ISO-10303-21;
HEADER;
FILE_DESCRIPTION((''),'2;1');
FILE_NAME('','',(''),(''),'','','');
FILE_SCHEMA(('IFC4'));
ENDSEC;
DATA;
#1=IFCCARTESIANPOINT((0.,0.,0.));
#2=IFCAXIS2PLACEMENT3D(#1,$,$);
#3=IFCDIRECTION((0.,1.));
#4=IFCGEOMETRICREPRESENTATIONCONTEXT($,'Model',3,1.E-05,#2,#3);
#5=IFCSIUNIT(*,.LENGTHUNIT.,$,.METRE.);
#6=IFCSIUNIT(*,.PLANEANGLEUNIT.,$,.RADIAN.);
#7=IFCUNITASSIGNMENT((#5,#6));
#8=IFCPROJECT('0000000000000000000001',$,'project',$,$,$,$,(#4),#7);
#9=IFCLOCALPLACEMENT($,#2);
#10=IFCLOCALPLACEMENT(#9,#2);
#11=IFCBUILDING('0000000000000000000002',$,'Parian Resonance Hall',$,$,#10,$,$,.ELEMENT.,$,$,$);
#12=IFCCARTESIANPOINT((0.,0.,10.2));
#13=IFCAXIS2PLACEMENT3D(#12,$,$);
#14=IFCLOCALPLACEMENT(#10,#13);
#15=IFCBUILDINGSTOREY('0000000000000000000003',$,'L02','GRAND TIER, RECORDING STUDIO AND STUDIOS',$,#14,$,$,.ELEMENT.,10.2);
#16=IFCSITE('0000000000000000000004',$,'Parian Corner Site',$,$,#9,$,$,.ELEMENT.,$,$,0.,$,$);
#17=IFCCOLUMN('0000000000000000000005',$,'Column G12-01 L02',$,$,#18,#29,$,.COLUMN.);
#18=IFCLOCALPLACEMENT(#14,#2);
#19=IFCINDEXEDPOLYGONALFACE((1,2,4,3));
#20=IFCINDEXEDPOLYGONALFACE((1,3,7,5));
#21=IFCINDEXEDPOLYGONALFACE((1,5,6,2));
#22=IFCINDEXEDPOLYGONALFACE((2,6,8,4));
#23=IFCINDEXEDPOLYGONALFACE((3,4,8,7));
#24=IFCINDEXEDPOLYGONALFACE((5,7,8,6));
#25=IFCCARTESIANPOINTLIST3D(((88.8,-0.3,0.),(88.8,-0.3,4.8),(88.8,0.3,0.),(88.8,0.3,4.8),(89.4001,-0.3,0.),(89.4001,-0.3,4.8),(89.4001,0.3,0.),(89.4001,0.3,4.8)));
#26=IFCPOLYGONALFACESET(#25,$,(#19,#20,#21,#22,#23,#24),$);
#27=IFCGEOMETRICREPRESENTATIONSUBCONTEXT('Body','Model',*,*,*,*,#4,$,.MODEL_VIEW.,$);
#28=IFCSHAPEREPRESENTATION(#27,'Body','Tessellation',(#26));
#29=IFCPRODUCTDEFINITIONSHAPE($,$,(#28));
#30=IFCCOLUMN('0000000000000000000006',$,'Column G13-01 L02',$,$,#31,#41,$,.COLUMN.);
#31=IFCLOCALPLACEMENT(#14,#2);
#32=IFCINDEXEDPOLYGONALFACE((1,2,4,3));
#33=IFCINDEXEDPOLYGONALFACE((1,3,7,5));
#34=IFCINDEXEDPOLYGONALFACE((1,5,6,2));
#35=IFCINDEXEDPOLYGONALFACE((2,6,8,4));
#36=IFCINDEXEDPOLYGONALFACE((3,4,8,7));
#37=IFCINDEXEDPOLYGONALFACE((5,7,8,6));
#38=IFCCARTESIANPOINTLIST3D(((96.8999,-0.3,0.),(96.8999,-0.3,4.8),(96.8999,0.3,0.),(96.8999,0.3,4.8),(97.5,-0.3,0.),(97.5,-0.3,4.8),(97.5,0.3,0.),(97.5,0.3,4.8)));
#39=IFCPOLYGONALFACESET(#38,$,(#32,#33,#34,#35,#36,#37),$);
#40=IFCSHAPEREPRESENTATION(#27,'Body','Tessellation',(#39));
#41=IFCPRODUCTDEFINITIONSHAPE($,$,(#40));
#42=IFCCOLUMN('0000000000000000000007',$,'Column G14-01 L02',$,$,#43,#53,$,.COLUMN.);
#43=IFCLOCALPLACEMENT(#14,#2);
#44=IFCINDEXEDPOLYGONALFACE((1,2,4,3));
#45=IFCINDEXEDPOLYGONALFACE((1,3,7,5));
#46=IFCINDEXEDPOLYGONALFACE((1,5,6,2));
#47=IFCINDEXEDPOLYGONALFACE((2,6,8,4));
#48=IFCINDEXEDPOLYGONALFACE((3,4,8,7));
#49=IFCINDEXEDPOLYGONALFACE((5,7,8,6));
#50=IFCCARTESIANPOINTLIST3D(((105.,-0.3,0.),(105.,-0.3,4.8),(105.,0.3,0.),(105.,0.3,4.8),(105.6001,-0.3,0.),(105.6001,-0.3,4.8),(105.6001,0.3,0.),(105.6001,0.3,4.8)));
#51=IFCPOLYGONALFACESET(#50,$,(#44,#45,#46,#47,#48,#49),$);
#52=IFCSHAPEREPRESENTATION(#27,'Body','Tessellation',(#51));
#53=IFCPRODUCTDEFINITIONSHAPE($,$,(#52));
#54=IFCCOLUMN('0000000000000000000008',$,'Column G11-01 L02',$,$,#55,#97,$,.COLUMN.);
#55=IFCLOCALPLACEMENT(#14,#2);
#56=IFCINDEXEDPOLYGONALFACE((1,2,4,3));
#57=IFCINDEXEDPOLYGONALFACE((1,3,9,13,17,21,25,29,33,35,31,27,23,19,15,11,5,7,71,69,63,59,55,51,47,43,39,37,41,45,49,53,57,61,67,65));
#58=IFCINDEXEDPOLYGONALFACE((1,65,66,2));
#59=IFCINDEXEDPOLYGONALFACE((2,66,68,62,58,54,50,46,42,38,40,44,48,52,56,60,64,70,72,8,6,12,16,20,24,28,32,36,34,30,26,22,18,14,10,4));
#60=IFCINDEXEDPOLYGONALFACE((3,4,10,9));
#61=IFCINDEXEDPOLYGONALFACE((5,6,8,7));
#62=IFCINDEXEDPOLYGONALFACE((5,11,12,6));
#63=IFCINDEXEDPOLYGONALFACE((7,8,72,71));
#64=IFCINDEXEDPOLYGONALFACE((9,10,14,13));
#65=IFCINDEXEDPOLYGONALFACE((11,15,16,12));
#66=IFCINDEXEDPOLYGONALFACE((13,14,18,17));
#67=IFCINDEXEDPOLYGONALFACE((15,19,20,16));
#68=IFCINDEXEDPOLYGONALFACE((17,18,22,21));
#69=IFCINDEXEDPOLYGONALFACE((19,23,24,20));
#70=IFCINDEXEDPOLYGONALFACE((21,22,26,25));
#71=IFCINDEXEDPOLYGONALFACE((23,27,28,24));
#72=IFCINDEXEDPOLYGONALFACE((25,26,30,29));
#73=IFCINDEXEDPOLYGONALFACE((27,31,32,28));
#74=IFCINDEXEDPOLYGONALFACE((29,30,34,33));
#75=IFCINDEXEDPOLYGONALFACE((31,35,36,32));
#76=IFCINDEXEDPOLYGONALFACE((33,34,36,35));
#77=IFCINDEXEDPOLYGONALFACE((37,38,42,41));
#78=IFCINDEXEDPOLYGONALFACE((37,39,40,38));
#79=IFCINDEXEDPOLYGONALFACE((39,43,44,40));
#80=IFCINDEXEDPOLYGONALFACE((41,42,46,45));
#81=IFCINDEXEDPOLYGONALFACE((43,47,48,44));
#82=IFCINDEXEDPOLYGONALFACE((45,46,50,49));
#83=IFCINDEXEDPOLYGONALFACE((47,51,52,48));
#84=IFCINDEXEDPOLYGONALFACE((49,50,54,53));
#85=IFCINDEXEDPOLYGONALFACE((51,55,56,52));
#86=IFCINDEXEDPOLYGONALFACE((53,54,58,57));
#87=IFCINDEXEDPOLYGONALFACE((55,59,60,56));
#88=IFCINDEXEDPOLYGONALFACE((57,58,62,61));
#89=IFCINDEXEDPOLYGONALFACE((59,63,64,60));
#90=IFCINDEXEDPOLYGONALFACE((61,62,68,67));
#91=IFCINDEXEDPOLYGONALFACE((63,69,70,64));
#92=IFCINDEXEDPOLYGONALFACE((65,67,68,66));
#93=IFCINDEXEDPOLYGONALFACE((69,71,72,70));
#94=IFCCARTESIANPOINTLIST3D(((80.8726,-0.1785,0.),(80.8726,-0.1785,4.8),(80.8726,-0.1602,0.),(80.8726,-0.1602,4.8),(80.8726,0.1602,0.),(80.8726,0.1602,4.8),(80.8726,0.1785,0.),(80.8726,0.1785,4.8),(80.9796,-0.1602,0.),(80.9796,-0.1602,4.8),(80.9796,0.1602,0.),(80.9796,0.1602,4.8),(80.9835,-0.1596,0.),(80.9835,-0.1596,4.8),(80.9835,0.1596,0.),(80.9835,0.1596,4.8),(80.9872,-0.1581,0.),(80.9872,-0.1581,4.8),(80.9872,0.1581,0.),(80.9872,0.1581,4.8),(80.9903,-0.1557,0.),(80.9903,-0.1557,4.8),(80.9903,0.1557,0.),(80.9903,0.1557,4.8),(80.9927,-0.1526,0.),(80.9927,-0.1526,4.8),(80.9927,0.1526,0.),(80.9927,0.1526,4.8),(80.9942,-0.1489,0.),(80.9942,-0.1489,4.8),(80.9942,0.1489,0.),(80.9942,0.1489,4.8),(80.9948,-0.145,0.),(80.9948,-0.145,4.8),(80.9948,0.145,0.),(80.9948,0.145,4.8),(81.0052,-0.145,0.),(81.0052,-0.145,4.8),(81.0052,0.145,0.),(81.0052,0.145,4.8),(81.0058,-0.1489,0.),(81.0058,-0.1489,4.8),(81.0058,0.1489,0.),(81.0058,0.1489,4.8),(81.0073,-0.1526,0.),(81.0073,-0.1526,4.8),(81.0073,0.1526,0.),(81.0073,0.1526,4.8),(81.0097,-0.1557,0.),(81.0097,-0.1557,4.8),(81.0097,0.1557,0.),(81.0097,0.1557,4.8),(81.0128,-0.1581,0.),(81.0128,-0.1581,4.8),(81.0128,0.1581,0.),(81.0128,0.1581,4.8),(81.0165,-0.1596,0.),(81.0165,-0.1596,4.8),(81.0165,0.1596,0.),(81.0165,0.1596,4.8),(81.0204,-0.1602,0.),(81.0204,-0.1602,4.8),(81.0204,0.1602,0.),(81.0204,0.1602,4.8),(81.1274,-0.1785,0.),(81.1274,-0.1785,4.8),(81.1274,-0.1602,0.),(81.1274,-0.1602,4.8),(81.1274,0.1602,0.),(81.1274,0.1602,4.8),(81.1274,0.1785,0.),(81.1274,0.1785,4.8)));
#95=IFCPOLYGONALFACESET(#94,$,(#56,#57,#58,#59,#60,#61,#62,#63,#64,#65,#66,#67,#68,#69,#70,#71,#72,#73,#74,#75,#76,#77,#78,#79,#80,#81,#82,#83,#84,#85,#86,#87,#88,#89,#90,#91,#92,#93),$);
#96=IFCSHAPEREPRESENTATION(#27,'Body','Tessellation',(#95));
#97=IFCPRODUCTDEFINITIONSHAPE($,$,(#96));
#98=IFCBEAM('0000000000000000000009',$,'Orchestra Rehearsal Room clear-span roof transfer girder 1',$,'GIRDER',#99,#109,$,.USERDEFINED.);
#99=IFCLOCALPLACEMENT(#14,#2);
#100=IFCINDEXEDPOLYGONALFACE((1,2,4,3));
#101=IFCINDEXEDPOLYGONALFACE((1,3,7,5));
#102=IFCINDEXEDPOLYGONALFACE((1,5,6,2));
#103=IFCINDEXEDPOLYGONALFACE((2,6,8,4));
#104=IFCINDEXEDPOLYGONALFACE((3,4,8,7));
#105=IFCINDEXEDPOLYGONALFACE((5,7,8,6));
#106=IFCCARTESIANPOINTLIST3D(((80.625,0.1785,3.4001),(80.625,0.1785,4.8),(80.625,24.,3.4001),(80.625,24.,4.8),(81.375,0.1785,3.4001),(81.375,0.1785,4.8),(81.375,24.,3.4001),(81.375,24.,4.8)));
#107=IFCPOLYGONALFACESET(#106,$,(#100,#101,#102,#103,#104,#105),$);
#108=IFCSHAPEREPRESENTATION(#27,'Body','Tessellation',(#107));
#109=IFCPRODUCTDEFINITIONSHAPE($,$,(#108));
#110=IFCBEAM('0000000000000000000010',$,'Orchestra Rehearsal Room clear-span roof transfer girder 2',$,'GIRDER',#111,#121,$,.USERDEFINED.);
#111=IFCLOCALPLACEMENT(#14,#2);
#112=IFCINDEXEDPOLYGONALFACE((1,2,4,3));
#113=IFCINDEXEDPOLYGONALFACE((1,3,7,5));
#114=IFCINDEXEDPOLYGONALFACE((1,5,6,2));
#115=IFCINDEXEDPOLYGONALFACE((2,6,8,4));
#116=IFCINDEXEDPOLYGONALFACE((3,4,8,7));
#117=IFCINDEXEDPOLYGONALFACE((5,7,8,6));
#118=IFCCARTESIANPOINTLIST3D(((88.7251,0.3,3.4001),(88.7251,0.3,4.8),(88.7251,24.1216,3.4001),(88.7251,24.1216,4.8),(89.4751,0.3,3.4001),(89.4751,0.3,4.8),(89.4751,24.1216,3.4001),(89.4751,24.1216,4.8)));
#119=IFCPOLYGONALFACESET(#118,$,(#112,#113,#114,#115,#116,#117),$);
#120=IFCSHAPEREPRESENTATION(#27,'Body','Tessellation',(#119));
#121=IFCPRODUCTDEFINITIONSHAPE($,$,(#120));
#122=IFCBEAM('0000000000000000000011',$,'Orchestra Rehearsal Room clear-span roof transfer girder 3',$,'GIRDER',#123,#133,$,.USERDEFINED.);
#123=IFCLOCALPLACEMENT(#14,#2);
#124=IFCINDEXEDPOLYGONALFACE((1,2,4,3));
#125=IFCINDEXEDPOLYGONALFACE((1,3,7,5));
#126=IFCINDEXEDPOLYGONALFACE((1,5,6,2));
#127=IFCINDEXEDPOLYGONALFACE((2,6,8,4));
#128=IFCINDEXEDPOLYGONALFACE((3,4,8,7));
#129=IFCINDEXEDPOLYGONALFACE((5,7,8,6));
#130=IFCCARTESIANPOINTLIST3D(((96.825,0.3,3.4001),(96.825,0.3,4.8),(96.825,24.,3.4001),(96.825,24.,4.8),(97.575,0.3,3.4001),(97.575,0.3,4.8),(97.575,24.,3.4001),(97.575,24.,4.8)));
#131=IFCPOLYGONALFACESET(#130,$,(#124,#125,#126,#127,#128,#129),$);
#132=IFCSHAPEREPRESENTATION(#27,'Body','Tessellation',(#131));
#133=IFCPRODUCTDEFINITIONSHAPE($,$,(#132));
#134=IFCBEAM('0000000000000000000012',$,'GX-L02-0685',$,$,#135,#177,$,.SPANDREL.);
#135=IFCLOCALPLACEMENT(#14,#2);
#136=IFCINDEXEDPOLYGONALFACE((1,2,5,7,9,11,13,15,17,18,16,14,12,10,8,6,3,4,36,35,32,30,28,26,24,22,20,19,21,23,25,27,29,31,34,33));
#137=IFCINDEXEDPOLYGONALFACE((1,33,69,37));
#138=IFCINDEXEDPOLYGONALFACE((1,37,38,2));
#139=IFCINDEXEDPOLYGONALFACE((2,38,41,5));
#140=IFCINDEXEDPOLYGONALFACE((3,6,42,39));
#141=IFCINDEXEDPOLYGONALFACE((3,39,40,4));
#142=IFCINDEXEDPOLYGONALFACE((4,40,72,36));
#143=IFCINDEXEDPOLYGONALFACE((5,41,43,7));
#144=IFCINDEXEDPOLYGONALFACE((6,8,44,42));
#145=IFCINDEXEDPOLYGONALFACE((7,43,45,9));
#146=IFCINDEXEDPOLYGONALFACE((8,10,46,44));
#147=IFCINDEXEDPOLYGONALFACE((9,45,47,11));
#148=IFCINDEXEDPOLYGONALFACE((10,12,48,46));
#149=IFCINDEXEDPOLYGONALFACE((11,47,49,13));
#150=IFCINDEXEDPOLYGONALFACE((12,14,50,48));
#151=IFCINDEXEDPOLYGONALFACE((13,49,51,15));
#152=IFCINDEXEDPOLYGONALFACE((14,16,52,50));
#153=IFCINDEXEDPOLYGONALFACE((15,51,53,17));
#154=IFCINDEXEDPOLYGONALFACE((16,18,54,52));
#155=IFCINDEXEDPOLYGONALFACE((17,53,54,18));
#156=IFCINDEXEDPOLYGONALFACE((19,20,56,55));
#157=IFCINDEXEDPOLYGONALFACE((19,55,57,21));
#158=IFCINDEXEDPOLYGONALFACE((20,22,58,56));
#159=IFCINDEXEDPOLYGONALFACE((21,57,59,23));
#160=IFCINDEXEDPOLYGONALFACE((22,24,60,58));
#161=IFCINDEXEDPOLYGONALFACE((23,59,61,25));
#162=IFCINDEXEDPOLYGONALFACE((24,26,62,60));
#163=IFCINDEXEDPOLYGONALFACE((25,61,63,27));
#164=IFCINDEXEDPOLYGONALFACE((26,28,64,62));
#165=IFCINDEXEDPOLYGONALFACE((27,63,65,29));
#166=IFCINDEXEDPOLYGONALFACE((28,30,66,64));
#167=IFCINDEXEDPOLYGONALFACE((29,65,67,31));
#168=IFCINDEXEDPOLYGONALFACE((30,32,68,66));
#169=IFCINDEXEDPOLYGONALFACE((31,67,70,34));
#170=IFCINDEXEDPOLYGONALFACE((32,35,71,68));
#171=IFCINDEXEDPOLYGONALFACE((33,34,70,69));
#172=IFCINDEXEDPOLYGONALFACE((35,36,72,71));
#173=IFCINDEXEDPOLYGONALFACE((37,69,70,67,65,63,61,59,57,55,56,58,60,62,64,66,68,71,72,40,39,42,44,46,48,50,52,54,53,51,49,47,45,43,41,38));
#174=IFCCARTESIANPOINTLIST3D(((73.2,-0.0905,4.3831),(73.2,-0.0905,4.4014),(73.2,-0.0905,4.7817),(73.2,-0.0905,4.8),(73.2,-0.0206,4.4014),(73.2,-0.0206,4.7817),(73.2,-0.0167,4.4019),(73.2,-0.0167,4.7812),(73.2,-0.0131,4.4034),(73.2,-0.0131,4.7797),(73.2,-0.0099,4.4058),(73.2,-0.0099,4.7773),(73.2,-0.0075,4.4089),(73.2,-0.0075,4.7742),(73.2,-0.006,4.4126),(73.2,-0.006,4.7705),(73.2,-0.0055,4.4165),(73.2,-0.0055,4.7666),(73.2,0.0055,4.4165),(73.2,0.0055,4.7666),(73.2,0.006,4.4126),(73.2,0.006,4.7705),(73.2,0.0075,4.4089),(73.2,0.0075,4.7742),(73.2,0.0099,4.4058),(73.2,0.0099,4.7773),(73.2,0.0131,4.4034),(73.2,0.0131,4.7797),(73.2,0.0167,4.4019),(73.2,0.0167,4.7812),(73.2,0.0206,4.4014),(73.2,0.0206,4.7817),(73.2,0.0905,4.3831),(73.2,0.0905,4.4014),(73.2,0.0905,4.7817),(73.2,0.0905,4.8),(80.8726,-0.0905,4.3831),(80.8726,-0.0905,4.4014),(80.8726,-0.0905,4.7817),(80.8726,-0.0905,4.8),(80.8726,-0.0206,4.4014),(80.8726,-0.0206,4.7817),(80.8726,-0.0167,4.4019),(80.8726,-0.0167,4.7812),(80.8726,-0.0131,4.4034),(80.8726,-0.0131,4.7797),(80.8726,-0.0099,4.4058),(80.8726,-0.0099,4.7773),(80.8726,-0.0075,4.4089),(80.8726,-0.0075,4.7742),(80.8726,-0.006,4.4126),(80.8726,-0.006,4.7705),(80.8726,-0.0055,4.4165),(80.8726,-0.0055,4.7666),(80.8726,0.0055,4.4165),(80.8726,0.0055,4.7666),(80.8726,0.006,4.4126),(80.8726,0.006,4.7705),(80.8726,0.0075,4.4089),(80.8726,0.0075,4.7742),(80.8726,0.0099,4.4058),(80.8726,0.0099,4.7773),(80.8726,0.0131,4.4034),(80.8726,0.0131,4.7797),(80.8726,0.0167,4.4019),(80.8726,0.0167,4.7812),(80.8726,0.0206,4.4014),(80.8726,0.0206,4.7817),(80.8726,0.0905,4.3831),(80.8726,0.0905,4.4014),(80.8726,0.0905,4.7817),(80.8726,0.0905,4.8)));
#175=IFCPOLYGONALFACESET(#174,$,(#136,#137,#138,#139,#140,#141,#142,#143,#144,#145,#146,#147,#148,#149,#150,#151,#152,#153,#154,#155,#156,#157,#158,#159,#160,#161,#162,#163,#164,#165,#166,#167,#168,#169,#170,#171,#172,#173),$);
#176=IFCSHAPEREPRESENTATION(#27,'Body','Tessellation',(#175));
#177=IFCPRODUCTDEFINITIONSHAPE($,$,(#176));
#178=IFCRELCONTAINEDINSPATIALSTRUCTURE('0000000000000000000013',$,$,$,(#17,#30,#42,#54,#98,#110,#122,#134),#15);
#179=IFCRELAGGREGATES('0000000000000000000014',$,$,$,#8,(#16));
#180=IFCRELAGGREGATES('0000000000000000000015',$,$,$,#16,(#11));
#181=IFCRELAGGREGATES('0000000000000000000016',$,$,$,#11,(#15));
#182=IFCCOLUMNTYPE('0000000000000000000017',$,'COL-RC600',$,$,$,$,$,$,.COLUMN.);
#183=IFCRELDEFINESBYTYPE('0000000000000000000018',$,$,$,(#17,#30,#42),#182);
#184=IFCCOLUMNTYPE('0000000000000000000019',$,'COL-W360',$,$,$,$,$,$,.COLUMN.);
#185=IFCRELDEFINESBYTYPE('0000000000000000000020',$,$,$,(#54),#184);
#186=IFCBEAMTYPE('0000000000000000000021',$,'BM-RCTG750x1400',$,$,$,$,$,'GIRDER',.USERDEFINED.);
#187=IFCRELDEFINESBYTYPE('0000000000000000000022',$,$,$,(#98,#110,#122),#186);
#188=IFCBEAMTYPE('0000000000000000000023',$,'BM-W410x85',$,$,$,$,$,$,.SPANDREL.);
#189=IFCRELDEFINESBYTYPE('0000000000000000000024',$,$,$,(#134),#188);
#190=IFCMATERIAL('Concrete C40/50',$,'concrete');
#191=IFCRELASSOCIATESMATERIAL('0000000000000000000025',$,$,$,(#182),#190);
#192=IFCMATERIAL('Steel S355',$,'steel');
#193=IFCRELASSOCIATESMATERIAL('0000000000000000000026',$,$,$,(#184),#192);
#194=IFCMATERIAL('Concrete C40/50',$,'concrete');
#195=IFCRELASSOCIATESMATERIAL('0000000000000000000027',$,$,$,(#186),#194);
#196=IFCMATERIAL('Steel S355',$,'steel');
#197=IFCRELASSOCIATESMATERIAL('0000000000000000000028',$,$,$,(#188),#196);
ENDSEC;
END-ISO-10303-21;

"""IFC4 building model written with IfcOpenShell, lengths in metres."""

from ifc_helpers import new_model, si_unit, direction, frame, origin, origin_2d, place, context, subcontext, project, spatial, rectangle, i_section, extrude, material, material_profile, profile_set, type_object, element, save


model = new_model("IFC4")

# Units and contexts
model_context = context("Model", 3, precision=1e-05, world=origin(), true_north=direction((0.0, 1.0)))
body_context = subcontext(model_context, "Body", "Model", "MODEL_VIEW")
ifc_project = project(units=[si_unit("LENGTHUNIT", "METRE"), si_unit("PLANEANGLEUNIT", "RADIAN")], contexts=[model_context])

# Site, building, storey
site_placement = place(None, origin())
site = spatial("IfcSite", under=ifc_project, at=site_placement, Name="Parian Corner Site", CompositionType="ELEMENT", RefElevation=0.0)
building_placement = place(site_placement, origin())
building = spatial("IfcBuilding", under=site, at=building_placement, Name="Parian Resonance Hall", CompositionType="ELEMENT")
storey_placement = place(building_placement, frame((0.0, 0.0, 10.2)))
storey = spatial("IfcBuildingStorey", under=building, at=storey_placement, Name="L02", Description="GRAND TIER, RECORDING STUDIO AND STUDIOS", CompositionType="ELEMENT", Elevation=10.2)

# Columns
ifc_material_1 = material(Name="Concrete C40/50", Category="concrete")
ifc_material_profile_1 = material_profile(ifc_material_1, rectangle(XDim=0.6001, YDim=0.6001, at=origin_2d()), Name="RC-COL-600x600")
ifc_profile_set_1 = profile_set([ifc_material_profile_1], Name="Concrete C40/50")
column_type_1 = type_object("IfcColumnType", Name="COL-RC600", PredefinedType="COLUMN", material=ifc_profile_set_1)
for number, where, z_axis, x_axis, name in (
    (1, (89.1001, 0.0, 0.0), (0.0, 0.0, 1.0), (1.0, 0.0, 0.0), "Column G12-01 L02"),
    (2, (97.2, 0.0, 0.0), (0.0, 0.0, 1.0), (1.0, 0.0, 0.0), "Column G13-01 L02"),
    (3, (105.3, 0.0, 0.0), (0.0, 0.0, 1.0), (1.0, 0.0, 0.0), "Column G14-01 L02"),
):
    element("IfcColumn", number, at=place(storey_placement, frame(where, z_axis=z_axis, x_axis=x_axis)), inside=storey, type_object=column_type_1, Name=name, PredefinedType="COLUMN", context=body_context, shape_type="SweptSolid", body=[
        extrude(rectangle(XDim=0.6001, YDim=0.6001, at=origin_2d()), origin(), (0.0, 0.0, 1.0), 4.8),
    ])
ifc_material_2 = material(Name="Steel S355", Category="steel")
ifc_material_profile_2 = material_profile(ifc_material_2, i_section(OverallWidth=0.2549, OverallDepth=0.3569, WebThickness=0.0105, FlangeThickness=0.0183, FilletRadius=0.0151, at=origin_2d()), Name="W360x101")
ifc_profile_set_2 = profile_set([ifc_material_profile_2], Name="Steel S355")
column_type_2 = type_object("IfcColumnType", Name="COL-W360", PredefinedType="COLUMN", material=ifc_profile_set_2)
column_placement = place(storey_placement, frame((81.0, 0.0, 0.0), z_axis=(0.0, 0.0, 1.0), x_axis=(1.0, 0.0, 0.0)))
element("IfcColumn", 4, at=column_placement, inside=storey, type_object=column_type_2, Name="Column G11-01 L02", PredefinedType="COLUMN", context=body_context, shape_type="SweptSolid", body=[
    extrude(i_section(OverallWidth=0.2549, OverallDepth=0.3569, WebThickness=0.0105, FlangeThickness=0.0183, FilletRadius=0.0151, at=origin_2d()), origin(), (0.0, 0.0, 1.0), 4.8),
])

# Beams
ifc_material_3 = material(Name="Concrete C40/50", Category="concrete")
ifc_material_profile_3 = material_profile(ifc_material_3, rectangle(XDim=0.75, YDim=1.3999, at=origin_2d()), Name="RC-TG-750x1400")
ifc_profile_set_3 = profile_set([ifc_material_profile_3], Name="Concrete C40/50")
beam_type_1 = type_object("IfcBeamType", Name="BM-RCTG750x1400", ElementType="GIRDER", PredefinedType="USERDEFINED", material=ifc_profile_set_3)
for number, where, z_axis, x_axis, name in (
    (5, (81.0, 0.1785, 4.1001), (0.0, 1.0, 0.0), (-1.0, 0.0, 0.0), "Orchestra Rehearsal Room clear-span roof transfer girder 1"),
    (6, (89.1001, 0.3, 4.1001), (0.0, 1.0, 0.0), (-1.0, 0.0, 0.0), "Orchestra Rehearsal Room clear-span roof transfer girder 2"),
):
    element("IfcBeam", number, at=place(storey_placement, frame(where, z_axis=z_axis, x_axis=x_axis)), inside=storey, type_object=beam_type_1, Name=name, ObjectType="GIRDER", PredefinedType="USERDEFINED", context=body_context, shape_type="SweptSolid", body=[
        extrude(rectangle(XDim=0.75, YDim=1.3999, at=origin_2d()), origin(), (0.0, 0.0, 1.0), 23.8215),
    ])
beam_1_placement = place(storey_placement, frame((97.2, 0.3, 4.1001), z_axis=(0.0, 1.0, 0.0), x_axis=(-1.0, 0.0, 0.0)))
element("IfcBeam", 7, at=beam_1_placement, inside=storey, type_object=beam_type_1, Name="Orchestra Rehearsal Room clear-span roof transfer girder 3", ObjectType="GIRDER", PredefinedType="USERDEFINED", context=body_context, shape_type="SweptSolid", body=[
    extrude(rectangle(XDim=0.75, YDim=1.3999, at=origin_2d()), origin(), (0.0, 0.0, 1.0), 23.7),
])
ifc_material_4 = material(Name="Steel S355", Category="steel")
ifc_material_profile_4 = material_profile(ifc_material_4, i_section(OverallWidth=0.1809, OverallDepth=0.417, WebThickness=0.011, FlangeThickness=0.0183, FilletRadius=0.0151, at=origin_2d()), Name="W410x85")
ifc_profile_set_4 = profile_set([ifc_material_profile_4], Name="Steel S355")
beam_type_2 = type_object("IfcBeamType", Name="BM-W410x85", PredefinedType="SPANDREL", material=ifc_profile_set_4)
beam_2_placement = place(storey_placement, frame((73.2, 0.0, 4.5916), z_axis=(1.0, 0.0, 0.0), x_axis=(0.0, 1.0, 0.0)))
element("IfcBeam", 8, at=beam_2_placement, inside=storey, type_object=beam_type_2, Name="GX-L02-0685", PredefinedType="SPANDREL", context=body_context, shape_type="SweptSolid", body=[
    extrude(i_section(OverallWidth=0.1809, OverallDepth=0.417, WebThickness=0.011, FlangeThickness=0.0183, FilletRadius=0.0151, at=origin_2d()), origin(), (0.0, 0.0, 1.0), 7.6726),
])

save(model, "model.ifc")
